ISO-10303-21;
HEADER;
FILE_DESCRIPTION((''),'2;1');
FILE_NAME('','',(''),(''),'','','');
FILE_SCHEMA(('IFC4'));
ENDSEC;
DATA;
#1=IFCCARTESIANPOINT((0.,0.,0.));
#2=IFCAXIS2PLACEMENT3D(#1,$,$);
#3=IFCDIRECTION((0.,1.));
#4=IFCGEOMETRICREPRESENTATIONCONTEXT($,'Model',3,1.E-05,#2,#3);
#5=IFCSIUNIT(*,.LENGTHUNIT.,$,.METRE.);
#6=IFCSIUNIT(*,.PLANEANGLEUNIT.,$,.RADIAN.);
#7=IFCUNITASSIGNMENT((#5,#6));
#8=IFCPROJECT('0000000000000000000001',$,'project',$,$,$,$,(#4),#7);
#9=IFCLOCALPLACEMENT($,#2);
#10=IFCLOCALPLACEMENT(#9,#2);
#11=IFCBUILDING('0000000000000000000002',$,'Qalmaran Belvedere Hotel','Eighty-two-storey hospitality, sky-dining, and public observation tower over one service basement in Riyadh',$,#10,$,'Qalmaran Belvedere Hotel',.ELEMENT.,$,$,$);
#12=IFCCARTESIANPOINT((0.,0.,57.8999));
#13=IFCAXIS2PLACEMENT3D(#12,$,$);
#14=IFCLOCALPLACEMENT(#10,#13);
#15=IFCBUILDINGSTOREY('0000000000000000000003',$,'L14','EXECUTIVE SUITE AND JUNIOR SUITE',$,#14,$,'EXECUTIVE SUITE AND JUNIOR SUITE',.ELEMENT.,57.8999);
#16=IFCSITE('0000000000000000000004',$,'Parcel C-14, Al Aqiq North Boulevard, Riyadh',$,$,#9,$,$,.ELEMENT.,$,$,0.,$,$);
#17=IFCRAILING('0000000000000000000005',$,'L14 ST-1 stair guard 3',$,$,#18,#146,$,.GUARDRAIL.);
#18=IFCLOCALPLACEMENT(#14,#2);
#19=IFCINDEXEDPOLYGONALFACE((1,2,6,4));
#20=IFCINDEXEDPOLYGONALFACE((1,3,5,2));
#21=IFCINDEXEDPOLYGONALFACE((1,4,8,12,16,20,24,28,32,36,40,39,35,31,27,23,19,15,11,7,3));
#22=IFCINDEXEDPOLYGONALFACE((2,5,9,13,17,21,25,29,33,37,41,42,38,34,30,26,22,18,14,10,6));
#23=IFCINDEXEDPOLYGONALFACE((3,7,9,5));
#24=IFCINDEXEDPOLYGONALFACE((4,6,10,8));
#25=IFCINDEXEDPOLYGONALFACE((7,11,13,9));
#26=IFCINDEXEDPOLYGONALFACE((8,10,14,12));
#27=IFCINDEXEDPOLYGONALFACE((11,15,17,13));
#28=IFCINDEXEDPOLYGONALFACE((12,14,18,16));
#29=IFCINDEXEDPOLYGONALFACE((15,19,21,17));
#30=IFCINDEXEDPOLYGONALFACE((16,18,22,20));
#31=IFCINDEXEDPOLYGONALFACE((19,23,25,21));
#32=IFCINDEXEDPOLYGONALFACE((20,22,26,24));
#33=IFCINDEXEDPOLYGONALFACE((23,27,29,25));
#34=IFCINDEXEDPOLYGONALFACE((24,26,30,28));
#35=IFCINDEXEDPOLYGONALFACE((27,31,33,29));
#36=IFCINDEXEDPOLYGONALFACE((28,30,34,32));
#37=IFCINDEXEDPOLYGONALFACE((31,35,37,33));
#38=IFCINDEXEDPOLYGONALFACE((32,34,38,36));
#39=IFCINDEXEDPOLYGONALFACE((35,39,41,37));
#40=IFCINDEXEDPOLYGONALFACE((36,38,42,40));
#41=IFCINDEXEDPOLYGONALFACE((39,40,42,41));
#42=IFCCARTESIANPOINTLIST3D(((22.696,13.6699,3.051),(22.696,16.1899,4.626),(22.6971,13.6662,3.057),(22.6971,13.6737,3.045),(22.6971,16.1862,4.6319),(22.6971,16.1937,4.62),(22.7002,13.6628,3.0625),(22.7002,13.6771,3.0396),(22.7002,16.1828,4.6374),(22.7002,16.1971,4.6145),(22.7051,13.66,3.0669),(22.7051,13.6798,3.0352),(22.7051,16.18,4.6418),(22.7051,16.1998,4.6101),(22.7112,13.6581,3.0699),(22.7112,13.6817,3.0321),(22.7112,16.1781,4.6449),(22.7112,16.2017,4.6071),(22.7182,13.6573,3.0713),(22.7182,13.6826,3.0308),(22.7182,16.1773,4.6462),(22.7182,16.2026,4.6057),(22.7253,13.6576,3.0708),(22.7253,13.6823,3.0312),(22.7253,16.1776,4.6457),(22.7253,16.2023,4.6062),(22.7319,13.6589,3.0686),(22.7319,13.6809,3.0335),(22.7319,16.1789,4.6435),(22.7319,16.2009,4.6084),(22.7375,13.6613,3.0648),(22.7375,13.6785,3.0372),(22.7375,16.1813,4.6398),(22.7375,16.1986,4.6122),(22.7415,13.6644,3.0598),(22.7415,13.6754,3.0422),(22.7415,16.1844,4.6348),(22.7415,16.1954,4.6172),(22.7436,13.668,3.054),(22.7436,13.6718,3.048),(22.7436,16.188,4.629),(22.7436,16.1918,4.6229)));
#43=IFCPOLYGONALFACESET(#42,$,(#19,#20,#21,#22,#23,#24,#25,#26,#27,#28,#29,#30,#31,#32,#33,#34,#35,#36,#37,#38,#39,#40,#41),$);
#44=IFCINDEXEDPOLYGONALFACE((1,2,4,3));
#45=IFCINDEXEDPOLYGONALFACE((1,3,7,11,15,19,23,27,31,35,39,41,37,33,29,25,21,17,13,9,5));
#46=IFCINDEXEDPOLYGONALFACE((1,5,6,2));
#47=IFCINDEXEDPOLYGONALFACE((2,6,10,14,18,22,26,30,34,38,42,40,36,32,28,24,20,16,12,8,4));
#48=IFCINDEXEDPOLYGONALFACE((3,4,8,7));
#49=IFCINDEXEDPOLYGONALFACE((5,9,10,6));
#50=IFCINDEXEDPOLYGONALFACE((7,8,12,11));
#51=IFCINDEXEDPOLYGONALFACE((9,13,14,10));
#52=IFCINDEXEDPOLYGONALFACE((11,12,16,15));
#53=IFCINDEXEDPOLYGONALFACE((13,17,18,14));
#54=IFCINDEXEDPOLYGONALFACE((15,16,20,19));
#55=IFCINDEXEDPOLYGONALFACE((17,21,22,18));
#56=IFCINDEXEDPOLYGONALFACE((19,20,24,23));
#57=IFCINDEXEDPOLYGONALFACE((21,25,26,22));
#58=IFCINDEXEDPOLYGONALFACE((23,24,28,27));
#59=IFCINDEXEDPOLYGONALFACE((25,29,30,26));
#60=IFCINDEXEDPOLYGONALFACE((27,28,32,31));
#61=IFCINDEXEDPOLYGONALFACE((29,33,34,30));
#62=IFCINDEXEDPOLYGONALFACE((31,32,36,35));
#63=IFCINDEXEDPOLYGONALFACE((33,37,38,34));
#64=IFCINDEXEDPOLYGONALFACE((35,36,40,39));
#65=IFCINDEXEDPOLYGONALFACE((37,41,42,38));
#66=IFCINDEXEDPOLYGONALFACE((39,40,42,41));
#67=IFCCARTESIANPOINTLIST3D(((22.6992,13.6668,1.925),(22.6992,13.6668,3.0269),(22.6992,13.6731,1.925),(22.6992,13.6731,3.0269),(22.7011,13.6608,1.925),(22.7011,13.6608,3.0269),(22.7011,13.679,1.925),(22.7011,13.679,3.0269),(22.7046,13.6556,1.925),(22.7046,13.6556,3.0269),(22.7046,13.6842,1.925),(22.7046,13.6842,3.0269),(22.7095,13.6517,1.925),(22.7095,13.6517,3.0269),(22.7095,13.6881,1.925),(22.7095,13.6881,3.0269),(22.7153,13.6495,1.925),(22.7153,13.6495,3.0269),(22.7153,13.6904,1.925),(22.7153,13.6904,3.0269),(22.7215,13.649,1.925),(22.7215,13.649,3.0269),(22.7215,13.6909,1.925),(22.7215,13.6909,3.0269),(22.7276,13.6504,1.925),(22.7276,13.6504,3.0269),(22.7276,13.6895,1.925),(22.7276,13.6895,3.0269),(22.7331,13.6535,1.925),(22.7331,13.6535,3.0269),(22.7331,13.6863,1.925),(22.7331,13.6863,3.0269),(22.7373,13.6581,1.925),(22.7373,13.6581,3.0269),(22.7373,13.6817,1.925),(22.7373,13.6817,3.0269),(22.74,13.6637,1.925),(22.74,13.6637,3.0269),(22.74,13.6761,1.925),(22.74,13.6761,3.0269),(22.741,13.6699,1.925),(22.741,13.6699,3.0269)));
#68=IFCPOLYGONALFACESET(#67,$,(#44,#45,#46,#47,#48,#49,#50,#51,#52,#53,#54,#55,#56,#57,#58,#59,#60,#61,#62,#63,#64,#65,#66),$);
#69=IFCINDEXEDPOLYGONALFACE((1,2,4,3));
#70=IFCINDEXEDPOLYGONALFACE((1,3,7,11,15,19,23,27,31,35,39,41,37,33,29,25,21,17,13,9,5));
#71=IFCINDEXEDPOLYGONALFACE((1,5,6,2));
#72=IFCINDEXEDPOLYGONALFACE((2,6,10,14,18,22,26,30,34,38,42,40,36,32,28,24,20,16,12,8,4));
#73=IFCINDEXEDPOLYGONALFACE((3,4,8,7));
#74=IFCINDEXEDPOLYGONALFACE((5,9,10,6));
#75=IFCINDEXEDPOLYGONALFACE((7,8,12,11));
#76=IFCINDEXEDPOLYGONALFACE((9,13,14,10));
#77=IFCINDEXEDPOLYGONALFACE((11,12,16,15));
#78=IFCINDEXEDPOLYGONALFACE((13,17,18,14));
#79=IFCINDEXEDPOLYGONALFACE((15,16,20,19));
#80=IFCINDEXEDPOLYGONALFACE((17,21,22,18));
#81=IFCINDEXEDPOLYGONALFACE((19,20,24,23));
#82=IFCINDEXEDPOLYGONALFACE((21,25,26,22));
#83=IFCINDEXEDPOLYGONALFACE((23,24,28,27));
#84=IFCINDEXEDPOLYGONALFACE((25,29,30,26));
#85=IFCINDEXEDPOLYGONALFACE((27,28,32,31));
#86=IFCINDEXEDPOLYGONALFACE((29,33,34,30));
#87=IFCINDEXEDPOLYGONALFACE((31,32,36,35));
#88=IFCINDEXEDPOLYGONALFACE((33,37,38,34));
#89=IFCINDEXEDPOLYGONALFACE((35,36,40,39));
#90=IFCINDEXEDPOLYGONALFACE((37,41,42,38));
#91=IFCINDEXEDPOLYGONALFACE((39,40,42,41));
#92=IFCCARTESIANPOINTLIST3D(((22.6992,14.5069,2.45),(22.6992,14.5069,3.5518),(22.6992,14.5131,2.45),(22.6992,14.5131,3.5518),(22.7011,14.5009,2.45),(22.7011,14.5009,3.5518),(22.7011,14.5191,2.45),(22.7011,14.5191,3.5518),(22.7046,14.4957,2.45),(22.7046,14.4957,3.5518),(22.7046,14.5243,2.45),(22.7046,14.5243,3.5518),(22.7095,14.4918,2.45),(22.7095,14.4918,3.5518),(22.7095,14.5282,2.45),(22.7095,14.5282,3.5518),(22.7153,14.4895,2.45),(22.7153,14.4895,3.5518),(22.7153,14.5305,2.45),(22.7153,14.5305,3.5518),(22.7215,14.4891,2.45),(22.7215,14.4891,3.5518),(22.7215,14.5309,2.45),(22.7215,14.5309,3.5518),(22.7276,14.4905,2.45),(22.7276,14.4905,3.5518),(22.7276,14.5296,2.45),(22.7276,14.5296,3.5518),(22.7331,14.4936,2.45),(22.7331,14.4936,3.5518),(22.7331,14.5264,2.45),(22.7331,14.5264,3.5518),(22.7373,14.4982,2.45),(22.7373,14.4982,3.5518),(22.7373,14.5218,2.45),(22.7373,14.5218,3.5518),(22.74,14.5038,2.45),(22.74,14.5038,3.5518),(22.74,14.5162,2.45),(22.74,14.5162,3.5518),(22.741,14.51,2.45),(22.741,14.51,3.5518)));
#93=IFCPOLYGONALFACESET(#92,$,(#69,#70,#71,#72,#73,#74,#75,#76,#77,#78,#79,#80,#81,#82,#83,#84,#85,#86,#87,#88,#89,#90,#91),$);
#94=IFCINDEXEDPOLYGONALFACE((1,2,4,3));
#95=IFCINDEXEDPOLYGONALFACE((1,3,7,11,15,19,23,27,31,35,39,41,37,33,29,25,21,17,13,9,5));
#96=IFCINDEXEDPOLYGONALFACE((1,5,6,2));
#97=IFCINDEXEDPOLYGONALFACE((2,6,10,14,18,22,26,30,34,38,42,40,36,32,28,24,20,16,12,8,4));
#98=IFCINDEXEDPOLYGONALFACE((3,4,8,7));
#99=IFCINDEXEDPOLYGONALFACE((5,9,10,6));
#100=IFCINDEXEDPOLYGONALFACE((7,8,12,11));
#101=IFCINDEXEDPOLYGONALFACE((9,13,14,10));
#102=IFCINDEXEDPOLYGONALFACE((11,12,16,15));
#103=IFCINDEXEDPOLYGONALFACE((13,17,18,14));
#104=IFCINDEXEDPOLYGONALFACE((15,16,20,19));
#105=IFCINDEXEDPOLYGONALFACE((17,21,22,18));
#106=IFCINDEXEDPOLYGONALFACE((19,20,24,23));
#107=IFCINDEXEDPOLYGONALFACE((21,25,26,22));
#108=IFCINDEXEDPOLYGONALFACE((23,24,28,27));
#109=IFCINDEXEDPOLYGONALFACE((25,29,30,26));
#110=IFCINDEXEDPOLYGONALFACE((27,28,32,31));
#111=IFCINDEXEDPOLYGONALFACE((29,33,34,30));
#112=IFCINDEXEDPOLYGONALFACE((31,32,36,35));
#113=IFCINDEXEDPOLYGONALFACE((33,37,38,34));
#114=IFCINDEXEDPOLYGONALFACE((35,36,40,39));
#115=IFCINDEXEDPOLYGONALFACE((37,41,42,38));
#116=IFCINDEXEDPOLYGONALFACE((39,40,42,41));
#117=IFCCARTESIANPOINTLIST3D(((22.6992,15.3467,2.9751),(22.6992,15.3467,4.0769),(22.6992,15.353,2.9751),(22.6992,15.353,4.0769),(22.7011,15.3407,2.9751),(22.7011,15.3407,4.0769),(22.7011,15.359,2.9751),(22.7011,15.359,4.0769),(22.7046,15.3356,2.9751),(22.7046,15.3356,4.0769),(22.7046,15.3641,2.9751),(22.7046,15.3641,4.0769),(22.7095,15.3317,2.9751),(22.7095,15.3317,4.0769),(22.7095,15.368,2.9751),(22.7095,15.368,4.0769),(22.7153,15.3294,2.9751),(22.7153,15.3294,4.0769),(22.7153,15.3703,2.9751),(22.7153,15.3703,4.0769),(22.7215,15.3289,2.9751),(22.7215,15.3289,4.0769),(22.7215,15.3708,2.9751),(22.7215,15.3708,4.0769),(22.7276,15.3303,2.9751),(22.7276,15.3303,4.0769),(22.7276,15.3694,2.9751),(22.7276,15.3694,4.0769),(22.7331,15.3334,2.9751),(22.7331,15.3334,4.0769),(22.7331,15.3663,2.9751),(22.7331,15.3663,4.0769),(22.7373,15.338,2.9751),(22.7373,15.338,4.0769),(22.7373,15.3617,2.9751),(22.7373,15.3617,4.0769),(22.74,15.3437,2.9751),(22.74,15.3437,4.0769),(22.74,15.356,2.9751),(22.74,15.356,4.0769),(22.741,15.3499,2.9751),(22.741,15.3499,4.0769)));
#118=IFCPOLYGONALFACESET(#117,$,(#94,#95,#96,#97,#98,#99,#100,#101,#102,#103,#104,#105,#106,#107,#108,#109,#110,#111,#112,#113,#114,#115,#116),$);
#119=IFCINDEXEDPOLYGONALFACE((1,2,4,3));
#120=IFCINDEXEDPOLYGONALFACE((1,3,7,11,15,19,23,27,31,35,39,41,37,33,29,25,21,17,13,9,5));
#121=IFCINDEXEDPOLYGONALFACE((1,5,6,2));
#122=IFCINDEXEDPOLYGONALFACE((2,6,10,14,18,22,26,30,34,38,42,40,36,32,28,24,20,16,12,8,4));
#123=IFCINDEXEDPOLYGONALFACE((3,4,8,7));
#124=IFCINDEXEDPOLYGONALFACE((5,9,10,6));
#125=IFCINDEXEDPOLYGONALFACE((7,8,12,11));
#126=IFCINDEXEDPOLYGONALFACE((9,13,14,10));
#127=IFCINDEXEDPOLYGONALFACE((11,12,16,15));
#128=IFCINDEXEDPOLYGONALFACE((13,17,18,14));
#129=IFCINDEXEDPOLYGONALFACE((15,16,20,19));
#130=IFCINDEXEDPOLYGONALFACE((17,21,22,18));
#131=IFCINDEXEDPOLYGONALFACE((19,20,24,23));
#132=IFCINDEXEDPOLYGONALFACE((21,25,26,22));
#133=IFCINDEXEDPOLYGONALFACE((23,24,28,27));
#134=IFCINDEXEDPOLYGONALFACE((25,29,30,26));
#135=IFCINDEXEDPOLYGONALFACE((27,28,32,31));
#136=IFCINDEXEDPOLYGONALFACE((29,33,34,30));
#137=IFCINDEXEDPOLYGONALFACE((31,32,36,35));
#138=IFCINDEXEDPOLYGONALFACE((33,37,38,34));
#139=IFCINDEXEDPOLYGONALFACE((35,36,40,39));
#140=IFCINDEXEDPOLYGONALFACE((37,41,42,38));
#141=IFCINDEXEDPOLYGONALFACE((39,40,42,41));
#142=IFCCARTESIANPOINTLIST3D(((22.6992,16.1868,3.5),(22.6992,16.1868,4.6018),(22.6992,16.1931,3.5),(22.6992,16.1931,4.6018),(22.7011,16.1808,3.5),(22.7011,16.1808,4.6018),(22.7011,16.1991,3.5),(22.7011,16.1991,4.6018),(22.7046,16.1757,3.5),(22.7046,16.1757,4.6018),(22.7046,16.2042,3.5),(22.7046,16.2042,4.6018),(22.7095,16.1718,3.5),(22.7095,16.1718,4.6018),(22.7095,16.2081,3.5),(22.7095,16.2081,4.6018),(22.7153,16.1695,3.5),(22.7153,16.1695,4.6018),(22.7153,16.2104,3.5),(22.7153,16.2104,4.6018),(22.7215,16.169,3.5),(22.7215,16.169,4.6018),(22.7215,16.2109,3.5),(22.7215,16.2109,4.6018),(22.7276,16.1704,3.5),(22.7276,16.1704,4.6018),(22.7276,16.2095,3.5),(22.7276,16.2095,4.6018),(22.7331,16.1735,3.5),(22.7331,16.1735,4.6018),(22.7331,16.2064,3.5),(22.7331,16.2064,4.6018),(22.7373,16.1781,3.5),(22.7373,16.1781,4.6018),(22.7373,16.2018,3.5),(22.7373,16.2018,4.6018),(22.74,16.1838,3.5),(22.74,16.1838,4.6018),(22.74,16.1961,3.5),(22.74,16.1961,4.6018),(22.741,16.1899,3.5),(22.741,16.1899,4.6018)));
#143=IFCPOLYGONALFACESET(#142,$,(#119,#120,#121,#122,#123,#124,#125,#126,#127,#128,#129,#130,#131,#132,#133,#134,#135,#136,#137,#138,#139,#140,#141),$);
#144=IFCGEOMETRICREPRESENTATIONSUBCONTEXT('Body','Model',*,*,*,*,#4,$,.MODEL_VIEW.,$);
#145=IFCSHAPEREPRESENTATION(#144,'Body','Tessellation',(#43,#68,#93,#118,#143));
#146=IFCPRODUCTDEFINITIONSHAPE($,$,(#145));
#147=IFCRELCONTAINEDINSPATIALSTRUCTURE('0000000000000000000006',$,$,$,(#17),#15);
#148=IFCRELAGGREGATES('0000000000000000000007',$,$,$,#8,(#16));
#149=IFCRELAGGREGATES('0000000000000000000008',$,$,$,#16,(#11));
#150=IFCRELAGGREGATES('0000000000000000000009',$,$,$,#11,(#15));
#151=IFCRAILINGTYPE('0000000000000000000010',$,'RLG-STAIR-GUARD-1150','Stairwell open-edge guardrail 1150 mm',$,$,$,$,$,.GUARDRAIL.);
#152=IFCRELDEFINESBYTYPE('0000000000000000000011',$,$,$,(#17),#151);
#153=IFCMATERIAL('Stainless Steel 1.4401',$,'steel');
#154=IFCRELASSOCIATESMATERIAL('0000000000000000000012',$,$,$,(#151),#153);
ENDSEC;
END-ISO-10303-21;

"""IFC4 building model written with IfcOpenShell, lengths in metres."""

from ifc_helpers import new_model, si_unit, direction, frame, origin, origin_2d, place, context, subcontext, project, spatial, circle, extrude, material, type_object, element, save


model = new_model("IFC4")

# Units and contexts
model_context = context("Model", 3, precision=1e-05, world=origin(), true_north=direction((0.0, 1.0)))
body_context = subcontext(model_context, "Body", "Model", "MODEL_VIEW")
ifc_project = project(units=[si_unit("LENGTHUNIT", "METRE"), si_unit("PLANEANGLEUNIT", "RADIAN")], contexts=[model_context])

# Site, building, storey
site_placement = place(None, origin())
site = spatial("IfcSite", under=ifc_project, at=site_placement, Name="Parcel C-14, Al Aqiq North Boulevard, Riyadh", CompositionType="ELEMENT", RefElevation=0.0)
building_placement = place(site_placement, origin())
building = spatial("IfcBuilding", under=site, at=building_placement, Name="Qalmaran Belvedere Hotel", Description="Eighty-two-storey hospitality, sky-dining, and public observation tower over one service basement in Riyadh", LongName="Qalmaran Belvedere Hotel", CompositionType="ELEMENT")
storey_placement = place(building_placement, frame((0.0, 0.0, 57.8999)))
storey = spatial("IfcBuildingStorey", under=building, at=storey_placement, Name="L14", Description="EXECUTIVE SUITE AND JUNIOR SUITE", LongName="EXECUTIVE SUITE AND JUNIOR SUITE", CompositionType="ELEMENT", Elevation=57.8999)

# Railing
ifc_material_1 = material(Name="Stainless Steel 1.4401", Category="steel")
railing_type_1 = type_object("IfcRailingType", Name="RLG-STAIR-GUARD-1150", Description="Stairwell open-edge guardrail 1150 mm", PredefinedType="GUARDRAIL", material=ifc_material_1)
railing_1_placement = place(storey_placement, frame((22.72, 13.6699, 1.925)))
element("IfcRailing", 1, at=railing_1_placement, inside=storey, type_object=railing_type_1, Name="L14 ST-1 stair guard 3", PredefinedType="GUARDRAIL", context=body_context, shape_type="SweptSolid", body=[
    extrude(circle(Radius=0.0239, at=origin_2d()), frame((0.0, 0.0, 1.126), z_axis=(0.0, 0.848008, 0.529984), x_axis=(-1.0, 0.0, 0.0)), (0.0, 0.0, 1.0), 2.9717),
    extrude(circle(Radius=0.021, at=origin_2d()), origin(), (0.0, 0.0, 1.0), 1.1018),
    extrude(circle(Radius=0.021, at=origin_2d()), frame((0.0, 0.8401, 0.5249)), (0.0, 0.0, 1.0), 1.1018),
    extrude(circle(Radius=0.021, at=origin_2d()), frame((0.0, 1.6799, 1.05)), (0.0, 0.0, 1.0), 1.1018),
    extrude(circle(Radius=0.021, at=origin_2d()), frame((0.0, 2.52, 1.575)), (0.0, 0.0, 1.0), 1.1018),
])

save(model, "model.ifc")
